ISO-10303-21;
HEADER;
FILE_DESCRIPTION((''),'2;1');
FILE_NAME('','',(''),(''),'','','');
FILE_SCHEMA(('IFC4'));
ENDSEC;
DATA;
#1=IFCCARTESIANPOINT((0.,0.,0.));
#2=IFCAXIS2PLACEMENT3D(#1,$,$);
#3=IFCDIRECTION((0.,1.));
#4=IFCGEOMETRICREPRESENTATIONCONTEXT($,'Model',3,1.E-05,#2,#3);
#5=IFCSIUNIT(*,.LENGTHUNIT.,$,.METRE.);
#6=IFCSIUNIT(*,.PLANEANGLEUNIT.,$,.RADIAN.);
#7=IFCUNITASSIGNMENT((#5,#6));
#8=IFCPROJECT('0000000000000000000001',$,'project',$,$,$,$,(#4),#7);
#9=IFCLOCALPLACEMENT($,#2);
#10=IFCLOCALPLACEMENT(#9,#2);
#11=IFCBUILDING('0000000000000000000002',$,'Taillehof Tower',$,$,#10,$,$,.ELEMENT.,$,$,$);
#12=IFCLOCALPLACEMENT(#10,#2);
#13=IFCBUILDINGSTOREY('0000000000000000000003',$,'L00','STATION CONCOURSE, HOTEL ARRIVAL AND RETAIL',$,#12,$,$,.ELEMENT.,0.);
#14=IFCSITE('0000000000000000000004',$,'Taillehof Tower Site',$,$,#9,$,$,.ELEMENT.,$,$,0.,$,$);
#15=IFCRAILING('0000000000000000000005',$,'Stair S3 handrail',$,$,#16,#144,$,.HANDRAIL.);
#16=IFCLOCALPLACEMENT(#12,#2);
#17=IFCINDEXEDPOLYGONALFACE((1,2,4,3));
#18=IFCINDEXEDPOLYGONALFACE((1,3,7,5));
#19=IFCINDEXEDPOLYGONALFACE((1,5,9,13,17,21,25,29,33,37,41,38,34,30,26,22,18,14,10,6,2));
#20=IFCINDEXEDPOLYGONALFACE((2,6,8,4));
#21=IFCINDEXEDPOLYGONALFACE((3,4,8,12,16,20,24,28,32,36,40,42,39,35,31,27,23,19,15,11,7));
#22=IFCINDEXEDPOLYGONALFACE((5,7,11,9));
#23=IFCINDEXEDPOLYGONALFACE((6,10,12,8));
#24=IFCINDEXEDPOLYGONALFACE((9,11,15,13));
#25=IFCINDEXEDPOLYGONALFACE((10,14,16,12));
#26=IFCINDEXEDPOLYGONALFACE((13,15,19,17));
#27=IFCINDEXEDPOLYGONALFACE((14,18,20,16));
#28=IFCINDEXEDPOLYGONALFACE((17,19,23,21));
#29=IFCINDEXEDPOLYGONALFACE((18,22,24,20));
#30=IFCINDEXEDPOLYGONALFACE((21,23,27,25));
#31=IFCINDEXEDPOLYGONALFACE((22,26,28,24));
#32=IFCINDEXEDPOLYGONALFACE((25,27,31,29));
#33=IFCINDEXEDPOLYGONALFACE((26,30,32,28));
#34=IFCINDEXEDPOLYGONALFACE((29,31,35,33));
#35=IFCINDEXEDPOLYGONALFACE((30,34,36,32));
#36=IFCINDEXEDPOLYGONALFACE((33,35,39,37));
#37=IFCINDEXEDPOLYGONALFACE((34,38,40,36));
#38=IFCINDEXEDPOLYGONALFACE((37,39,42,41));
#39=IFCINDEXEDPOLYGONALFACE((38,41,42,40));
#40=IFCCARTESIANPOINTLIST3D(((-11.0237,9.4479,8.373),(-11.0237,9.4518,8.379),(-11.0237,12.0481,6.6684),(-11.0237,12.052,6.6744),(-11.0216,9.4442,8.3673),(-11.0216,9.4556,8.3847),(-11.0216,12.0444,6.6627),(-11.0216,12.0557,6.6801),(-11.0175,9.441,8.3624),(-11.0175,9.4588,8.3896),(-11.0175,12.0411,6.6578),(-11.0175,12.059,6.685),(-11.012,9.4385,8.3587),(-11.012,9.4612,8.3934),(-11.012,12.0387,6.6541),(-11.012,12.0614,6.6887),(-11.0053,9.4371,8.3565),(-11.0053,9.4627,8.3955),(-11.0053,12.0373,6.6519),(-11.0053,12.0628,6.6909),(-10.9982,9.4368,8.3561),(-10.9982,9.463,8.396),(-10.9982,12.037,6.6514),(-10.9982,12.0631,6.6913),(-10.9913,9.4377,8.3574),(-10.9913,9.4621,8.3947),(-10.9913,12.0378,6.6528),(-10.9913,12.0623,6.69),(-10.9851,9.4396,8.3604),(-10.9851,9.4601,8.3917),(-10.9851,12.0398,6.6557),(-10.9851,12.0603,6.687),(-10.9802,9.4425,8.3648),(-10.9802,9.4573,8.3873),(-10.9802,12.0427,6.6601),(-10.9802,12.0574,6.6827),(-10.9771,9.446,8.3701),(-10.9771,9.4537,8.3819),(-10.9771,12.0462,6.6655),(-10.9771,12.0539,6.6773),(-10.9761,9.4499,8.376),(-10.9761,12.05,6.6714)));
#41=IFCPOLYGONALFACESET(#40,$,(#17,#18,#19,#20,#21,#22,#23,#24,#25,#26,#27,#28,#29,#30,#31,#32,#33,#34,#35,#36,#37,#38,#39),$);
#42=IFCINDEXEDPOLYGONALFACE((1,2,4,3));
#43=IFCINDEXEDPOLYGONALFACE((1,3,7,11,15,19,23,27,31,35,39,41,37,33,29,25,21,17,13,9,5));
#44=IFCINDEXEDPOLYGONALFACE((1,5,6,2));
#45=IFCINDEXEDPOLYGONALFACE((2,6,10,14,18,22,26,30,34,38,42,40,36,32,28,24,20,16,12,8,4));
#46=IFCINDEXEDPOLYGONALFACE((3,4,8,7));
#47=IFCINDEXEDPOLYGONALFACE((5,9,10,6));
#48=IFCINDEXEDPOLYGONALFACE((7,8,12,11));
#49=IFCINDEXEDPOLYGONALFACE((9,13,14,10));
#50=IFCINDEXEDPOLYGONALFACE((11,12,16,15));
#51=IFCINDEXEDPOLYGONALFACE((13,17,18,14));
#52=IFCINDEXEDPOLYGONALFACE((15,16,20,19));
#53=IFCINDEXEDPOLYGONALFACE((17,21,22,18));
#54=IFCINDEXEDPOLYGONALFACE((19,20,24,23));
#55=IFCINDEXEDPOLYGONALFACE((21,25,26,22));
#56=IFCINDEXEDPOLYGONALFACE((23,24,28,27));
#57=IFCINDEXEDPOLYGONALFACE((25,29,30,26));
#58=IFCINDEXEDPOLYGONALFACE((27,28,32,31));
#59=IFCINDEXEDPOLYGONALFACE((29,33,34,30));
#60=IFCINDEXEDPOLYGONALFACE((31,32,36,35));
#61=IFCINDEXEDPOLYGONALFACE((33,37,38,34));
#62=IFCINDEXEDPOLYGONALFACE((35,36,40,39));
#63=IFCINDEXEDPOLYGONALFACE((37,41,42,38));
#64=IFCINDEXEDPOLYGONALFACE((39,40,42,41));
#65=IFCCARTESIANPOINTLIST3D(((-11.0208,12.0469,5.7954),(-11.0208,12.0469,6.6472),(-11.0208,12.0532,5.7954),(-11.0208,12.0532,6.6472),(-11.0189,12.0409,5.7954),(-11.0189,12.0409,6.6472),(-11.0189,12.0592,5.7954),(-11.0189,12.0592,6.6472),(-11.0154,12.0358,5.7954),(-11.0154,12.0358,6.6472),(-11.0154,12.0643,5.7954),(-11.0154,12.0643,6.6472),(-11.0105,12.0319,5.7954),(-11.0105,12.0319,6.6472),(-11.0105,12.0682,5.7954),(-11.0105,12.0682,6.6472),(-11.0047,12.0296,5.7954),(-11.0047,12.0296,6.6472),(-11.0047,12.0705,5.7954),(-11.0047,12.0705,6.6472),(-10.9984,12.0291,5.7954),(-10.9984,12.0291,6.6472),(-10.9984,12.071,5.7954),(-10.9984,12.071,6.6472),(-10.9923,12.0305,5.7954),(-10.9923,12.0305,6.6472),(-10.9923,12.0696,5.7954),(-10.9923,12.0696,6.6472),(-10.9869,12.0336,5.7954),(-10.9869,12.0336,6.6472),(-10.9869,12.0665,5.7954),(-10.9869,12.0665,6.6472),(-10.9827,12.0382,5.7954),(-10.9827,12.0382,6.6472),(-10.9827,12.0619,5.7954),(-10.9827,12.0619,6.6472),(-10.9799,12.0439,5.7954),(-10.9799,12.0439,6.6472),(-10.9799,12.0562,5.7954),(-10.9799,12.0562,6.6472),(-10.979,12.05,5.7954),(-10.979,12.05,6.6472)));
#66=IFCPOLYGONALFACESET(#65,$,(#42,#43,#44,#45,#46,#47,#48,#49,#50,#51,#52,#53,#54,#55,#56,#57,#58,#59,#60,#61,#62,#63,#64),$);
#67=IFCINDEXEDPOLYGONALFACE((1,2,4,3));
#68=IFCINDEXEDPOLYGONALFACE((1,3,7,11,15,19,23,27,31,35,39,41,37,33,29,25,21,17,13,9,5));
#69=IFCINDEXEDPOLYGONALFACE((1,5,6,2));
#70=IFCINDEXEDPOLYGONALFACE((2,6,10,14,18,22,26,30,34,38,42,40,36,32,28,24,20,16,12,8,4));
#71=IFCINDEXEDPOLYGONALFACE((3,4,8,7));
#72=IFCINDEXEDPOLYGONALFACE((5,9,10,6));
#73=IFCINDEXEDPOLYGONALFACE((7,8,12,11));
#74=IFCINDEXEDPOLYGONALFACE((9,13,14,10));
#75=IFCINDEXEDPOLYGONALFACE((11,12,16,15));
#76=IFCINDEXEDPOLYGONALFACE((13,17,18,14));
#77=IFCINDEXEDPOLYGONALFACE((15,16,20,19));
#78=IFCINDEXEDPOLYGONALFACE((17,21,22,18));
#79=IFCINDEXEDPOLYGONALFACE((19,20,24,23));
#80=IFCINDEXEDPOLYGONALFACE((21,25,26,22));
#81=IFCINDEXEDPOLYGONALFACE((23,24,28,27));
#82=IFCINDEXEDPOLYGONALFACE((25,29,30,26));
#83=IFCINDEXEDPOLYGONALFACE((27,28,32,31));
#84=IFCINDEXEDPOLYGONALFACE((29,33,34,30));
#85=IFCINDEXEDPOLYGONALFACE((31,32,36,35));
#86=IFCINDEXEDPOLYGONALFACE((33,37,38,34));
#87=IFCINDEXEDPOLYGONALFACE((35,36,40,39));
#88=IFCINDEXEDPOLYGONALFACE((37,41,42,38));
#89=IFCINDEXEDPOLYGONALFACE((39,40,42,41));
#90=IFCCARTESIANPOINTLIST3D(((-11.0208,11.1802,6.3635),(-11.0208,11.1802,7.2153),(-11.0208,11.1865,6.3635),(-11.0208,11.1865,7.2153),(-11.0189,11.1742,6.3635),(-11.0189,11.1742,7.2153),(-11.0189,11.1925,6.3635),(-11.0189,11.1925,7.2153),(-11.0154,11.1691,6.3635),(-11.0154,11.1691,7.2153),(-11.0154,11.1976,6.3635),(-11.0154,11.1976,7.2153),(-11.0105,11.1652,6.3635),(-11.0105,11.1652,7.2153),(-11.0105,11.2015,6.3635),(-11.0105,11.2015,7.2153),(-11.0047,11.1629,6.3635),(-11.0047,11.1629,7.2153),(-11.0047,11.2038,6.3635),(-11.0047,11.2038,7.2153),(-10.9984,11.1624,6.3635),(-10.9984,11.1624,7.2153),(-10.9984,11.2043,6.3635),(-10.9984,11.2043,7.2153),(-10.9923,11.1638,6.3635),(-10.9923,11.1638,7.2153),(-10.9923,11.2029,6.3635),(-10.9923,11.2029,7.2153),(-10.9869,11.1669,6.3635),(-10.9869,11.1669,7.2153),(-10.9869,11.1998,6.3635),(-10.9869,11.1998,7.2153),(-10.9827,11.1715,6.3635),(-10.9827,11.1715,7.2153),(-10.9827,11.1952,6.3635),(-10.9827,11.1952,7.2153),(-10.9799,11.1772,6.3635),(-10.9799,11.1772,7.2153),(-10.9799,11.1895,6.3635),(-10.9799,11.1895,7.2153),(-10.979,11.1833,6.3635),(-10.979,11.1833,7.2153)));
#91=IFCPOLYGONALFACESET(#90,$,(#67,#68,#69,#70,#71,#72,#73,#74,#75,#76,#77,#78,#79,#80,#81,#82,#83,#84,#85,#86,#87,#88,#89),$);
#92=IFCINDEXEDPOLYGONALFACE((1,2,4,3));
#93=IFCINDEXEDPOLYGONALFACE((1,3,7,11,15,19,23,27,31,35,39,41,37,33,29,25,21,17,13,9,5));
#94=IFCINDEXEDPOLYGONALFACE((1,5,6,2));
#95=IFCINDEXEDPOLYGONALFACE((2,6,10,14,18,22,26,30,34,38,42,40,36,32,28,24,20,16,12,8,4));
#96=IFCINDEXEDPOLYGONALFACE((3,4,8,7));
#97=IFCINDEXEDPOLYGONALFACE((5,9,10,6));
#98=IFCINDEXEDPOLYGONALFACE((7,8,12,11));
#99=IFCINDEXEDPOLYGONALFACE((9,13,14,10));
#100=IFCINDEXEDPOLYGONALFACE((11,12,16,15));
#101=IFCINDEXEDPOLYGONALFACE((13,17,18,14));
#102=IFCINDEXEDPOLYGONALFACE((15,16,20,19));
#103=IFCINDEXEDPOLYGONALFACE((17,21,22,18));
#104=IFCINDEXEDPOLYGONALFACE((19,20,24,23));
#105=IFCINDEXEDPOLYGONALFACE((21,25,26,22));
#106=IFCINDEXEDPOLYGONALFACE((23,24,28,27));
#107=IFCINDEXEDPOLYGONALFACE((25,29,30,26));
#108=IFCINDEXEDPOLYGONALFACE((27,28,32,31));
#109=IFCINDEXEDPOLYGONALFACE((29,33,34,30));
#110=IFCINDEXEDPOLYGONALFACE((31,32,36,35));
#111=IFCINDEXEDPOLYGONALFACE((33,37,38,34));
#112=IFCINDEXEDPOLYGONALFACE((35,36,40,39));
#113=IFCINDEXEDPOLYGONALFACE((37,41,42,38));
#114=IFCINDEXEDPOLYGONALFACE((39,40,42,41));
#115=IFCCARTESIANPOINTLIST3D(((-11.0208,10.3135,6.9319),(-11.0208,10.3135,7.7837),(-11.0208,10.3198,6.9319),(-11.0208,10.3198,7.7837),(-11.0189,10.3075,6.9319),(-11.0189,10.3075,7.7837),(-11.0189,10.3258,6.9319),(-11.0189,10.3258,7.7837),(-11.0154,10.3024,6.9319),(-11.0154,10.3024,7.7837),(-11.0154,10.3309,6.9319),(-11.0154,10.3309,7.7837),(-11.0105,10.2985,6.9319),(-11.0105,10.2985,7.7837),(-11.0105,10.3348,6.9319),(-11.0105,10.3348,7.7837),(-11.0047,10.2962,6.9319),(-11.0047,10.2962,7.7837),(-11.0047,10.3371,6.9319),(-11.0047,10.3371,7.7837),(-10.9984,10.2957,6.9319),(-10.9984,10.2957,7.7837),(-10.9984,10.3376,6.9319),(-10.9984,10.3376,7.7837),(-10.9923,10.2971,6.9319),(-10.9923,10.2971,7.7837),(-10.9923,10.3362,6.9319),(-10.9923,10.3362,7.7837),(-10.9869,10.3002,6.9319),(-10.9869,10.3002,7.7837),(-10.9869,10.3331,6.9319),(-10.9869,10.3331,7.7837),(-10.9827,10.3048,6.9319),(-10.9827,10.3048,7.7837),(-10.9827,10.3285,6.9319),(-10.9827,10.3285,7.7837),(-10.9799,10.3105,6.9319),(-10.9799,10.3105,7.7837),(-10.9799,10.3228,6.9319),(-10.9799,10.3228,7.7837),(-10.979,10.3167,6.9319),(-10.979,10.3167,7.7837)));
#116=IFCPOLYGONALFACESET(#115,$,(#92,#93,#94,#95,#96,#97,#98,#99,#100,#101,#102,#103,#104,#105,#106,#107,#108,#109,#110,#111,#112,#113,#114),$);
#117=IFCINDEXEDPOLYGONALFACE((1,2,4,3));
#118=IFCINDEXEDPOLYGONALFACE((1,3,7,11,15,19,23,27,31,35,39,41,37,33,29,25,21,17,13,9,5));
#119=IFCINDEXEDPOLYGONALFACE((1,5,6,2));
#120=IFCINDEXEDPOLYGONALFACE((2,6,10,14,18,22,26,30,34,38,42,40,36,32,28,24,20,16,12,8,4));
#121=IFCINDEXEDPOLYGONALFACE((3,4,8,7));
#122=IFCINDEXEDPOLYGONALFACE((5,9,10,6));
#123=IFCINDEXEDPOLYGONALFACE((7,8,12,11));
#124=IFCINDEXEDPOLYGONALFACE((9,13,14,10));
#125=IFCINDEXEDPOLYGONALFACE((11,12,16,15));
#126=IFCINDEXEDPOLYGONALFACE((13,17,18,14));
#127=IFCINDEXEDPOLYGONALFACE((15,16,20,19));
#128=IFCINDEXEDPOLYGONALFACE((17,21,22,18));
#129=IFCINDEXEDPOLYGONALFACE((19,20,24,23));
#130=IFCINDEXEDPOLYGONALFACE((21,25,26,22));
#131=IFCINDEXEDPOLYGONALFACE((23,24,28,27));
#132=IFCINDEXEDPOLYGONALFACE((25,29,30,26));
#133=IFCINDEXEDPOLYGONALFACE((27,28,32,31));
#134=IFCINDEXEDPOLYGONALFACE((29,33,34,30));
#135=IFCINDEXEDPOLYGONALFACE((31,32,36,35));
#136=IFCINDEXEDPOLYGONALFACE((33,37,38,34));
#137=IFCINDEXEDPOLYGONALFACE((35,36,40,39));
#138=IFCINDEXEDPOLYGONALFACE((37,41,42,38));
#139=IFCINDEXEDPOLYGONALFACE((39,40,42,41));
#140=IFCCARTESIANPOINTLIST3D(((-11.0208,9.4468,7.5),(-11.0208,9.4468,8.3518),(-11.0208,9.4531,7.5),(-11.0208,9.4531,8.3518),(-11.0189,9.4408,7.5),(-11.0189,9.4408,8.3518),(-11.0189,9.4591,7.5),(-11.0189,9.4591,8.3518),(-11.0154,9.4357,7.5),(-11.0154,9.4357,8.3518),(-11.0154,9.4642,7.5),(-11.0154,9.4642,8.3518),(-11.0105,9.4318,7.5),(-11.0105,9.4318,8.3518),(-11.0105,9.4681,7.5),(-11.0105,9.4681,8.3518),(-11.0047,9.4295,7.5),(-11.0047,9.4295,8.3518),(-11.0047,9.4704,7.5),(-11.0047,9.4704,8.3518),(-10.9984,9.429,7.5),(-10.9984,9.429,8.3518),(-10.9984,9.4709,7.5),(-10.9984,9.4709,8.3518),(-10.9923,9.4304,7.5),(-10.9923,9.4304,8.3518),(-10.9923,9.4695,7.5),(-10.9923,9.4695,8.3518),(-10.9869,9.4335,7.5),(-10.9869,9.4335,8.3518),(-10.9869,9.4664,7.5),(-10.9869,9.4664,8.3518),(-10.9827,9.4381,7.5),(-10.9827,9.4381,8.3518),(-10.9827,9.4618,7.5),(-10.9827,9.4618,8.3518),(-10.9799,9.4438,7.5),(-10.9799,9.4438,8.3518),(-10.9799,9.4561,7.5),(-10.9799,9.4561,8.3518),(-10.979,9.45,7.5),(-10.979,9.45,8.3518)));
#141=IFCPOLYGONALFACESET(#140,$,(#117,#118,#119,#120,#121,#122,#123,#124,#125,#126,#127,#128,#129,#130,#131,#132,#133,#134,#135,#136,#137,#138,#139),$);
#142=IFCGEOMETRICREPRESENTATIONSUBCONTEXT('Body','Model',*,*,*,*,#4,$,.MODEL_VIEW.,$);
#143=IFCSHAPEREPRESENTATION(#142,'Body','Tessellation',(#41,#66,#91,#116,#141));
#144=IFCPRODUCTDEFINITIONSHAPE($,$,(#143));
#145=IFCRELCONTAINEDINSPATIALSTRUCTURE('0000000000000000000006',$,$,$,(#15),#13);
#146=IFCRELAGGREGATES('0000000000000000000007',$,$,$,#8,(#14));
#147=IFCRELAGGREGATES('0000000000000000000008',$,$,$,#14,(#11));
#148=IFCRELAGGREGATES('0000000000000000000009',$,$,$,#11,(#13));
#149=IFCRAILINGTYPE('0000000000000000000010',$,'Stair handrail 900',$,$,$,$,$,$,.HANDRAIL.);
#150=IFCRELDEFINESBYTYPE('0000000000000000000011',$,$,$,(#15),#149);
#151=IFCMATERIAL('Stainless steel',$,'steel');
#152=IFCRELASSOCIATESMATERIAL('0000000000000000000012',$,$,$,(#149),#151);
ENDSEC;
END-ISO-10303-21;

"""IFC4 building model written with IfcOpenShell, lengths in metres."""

from ifc_helpers import new_model, si_unit, direction, frame, origin, origin_2d, place, context, subcontext, project, spatial, circle, extrude, material, type_object, element, save


model = new_model("IFC4")

# Units and contexts
model_context = context("Model", 3, precision=1e-05, world=origin(), true_north=direction((0.0, 1.0)))
body_context = subcontext(model_context, "Body", "Model", "MODEL_VIEW")
ifc_project = project(units=[si_unit("LENGTHUNIT", "METRE"), si_unit("PLANEANGLEUNIT", "RADIAN")], contexts=[model_context])

# Site, building, storey
site_placement = place(None, origin())
site = spatial("IfcSite", under=ifc_project, at=site_placement, Name="Taillehof Tower Site", CompositionType="ELEMENT", RefElevation=0.0)
building_placement = place(site_placement, origin())
building = spatial("IfcBuilding", under=site, at=building_placement, Name="Taillehof Tower", CompositionType="ELEMENT")
storey_placement = place(building_placement, origin())
storey = spatial("IfcBuildingStorey", under=building, at=storey_placement, Name="L00", Description="STATION CONCOURSE, HOTEL ARRIVAL AND RETAIL", CompositionType="ELEMENT", Elevation=0.0)

# Railing
ifc_material_1 = material(Name="Stainless steel", Category="steel")
railing_type_1 = type_object("IfcRailingType", Name="Stair handrail 900", PredefinedType="HANDRAIL", material=ifc_material_1)
for number, where, name in (
    (1, (-11.0, 12.05, 5.7954), "Stair S3 handrail"),
):
    element("IfcRailing", number, at=place(storey_placement, frame(where)), inside=storey, type_object=railing_type_1, Name=name, PredefinedType="HANDRAIL", context=body_context, shape_type="SweptSolid", body=[
        extrude(circle(Radius=0.0239, at=origin_2d()), frame((0.0, 0.0, 0.876), z_axis=(0.0, -0.836302, 0.548269), x_axis=(1.0, 0.0, 0.0)), (0.0, 0.0, 1.0), 3.1091),
        extrude(circle(Radius=0.021, at=origin_2d()), origin(), (0.0, 0.0, 1.0), 0.8518),
        extrude(circle(Radius=0.021, at=origin_2d()), frame((0.0, -0.8667, 0.5681)), (0.0, 0.0, 1.0), 0.8518),
        extrude(circle(Radius=0.021, at=origin_2d()), frame((0.0, -1.7334, 1.1365)), (0.0, 0.0, 1.0), 0.8518),
        extrude(circle(Radius=0.021, at=origin_2d()), frame((0.0, -2.6001, 1.7046)), (0.0, 0.0, 1.0), 0.8518),
    ])

save(model, "model.ifc")
